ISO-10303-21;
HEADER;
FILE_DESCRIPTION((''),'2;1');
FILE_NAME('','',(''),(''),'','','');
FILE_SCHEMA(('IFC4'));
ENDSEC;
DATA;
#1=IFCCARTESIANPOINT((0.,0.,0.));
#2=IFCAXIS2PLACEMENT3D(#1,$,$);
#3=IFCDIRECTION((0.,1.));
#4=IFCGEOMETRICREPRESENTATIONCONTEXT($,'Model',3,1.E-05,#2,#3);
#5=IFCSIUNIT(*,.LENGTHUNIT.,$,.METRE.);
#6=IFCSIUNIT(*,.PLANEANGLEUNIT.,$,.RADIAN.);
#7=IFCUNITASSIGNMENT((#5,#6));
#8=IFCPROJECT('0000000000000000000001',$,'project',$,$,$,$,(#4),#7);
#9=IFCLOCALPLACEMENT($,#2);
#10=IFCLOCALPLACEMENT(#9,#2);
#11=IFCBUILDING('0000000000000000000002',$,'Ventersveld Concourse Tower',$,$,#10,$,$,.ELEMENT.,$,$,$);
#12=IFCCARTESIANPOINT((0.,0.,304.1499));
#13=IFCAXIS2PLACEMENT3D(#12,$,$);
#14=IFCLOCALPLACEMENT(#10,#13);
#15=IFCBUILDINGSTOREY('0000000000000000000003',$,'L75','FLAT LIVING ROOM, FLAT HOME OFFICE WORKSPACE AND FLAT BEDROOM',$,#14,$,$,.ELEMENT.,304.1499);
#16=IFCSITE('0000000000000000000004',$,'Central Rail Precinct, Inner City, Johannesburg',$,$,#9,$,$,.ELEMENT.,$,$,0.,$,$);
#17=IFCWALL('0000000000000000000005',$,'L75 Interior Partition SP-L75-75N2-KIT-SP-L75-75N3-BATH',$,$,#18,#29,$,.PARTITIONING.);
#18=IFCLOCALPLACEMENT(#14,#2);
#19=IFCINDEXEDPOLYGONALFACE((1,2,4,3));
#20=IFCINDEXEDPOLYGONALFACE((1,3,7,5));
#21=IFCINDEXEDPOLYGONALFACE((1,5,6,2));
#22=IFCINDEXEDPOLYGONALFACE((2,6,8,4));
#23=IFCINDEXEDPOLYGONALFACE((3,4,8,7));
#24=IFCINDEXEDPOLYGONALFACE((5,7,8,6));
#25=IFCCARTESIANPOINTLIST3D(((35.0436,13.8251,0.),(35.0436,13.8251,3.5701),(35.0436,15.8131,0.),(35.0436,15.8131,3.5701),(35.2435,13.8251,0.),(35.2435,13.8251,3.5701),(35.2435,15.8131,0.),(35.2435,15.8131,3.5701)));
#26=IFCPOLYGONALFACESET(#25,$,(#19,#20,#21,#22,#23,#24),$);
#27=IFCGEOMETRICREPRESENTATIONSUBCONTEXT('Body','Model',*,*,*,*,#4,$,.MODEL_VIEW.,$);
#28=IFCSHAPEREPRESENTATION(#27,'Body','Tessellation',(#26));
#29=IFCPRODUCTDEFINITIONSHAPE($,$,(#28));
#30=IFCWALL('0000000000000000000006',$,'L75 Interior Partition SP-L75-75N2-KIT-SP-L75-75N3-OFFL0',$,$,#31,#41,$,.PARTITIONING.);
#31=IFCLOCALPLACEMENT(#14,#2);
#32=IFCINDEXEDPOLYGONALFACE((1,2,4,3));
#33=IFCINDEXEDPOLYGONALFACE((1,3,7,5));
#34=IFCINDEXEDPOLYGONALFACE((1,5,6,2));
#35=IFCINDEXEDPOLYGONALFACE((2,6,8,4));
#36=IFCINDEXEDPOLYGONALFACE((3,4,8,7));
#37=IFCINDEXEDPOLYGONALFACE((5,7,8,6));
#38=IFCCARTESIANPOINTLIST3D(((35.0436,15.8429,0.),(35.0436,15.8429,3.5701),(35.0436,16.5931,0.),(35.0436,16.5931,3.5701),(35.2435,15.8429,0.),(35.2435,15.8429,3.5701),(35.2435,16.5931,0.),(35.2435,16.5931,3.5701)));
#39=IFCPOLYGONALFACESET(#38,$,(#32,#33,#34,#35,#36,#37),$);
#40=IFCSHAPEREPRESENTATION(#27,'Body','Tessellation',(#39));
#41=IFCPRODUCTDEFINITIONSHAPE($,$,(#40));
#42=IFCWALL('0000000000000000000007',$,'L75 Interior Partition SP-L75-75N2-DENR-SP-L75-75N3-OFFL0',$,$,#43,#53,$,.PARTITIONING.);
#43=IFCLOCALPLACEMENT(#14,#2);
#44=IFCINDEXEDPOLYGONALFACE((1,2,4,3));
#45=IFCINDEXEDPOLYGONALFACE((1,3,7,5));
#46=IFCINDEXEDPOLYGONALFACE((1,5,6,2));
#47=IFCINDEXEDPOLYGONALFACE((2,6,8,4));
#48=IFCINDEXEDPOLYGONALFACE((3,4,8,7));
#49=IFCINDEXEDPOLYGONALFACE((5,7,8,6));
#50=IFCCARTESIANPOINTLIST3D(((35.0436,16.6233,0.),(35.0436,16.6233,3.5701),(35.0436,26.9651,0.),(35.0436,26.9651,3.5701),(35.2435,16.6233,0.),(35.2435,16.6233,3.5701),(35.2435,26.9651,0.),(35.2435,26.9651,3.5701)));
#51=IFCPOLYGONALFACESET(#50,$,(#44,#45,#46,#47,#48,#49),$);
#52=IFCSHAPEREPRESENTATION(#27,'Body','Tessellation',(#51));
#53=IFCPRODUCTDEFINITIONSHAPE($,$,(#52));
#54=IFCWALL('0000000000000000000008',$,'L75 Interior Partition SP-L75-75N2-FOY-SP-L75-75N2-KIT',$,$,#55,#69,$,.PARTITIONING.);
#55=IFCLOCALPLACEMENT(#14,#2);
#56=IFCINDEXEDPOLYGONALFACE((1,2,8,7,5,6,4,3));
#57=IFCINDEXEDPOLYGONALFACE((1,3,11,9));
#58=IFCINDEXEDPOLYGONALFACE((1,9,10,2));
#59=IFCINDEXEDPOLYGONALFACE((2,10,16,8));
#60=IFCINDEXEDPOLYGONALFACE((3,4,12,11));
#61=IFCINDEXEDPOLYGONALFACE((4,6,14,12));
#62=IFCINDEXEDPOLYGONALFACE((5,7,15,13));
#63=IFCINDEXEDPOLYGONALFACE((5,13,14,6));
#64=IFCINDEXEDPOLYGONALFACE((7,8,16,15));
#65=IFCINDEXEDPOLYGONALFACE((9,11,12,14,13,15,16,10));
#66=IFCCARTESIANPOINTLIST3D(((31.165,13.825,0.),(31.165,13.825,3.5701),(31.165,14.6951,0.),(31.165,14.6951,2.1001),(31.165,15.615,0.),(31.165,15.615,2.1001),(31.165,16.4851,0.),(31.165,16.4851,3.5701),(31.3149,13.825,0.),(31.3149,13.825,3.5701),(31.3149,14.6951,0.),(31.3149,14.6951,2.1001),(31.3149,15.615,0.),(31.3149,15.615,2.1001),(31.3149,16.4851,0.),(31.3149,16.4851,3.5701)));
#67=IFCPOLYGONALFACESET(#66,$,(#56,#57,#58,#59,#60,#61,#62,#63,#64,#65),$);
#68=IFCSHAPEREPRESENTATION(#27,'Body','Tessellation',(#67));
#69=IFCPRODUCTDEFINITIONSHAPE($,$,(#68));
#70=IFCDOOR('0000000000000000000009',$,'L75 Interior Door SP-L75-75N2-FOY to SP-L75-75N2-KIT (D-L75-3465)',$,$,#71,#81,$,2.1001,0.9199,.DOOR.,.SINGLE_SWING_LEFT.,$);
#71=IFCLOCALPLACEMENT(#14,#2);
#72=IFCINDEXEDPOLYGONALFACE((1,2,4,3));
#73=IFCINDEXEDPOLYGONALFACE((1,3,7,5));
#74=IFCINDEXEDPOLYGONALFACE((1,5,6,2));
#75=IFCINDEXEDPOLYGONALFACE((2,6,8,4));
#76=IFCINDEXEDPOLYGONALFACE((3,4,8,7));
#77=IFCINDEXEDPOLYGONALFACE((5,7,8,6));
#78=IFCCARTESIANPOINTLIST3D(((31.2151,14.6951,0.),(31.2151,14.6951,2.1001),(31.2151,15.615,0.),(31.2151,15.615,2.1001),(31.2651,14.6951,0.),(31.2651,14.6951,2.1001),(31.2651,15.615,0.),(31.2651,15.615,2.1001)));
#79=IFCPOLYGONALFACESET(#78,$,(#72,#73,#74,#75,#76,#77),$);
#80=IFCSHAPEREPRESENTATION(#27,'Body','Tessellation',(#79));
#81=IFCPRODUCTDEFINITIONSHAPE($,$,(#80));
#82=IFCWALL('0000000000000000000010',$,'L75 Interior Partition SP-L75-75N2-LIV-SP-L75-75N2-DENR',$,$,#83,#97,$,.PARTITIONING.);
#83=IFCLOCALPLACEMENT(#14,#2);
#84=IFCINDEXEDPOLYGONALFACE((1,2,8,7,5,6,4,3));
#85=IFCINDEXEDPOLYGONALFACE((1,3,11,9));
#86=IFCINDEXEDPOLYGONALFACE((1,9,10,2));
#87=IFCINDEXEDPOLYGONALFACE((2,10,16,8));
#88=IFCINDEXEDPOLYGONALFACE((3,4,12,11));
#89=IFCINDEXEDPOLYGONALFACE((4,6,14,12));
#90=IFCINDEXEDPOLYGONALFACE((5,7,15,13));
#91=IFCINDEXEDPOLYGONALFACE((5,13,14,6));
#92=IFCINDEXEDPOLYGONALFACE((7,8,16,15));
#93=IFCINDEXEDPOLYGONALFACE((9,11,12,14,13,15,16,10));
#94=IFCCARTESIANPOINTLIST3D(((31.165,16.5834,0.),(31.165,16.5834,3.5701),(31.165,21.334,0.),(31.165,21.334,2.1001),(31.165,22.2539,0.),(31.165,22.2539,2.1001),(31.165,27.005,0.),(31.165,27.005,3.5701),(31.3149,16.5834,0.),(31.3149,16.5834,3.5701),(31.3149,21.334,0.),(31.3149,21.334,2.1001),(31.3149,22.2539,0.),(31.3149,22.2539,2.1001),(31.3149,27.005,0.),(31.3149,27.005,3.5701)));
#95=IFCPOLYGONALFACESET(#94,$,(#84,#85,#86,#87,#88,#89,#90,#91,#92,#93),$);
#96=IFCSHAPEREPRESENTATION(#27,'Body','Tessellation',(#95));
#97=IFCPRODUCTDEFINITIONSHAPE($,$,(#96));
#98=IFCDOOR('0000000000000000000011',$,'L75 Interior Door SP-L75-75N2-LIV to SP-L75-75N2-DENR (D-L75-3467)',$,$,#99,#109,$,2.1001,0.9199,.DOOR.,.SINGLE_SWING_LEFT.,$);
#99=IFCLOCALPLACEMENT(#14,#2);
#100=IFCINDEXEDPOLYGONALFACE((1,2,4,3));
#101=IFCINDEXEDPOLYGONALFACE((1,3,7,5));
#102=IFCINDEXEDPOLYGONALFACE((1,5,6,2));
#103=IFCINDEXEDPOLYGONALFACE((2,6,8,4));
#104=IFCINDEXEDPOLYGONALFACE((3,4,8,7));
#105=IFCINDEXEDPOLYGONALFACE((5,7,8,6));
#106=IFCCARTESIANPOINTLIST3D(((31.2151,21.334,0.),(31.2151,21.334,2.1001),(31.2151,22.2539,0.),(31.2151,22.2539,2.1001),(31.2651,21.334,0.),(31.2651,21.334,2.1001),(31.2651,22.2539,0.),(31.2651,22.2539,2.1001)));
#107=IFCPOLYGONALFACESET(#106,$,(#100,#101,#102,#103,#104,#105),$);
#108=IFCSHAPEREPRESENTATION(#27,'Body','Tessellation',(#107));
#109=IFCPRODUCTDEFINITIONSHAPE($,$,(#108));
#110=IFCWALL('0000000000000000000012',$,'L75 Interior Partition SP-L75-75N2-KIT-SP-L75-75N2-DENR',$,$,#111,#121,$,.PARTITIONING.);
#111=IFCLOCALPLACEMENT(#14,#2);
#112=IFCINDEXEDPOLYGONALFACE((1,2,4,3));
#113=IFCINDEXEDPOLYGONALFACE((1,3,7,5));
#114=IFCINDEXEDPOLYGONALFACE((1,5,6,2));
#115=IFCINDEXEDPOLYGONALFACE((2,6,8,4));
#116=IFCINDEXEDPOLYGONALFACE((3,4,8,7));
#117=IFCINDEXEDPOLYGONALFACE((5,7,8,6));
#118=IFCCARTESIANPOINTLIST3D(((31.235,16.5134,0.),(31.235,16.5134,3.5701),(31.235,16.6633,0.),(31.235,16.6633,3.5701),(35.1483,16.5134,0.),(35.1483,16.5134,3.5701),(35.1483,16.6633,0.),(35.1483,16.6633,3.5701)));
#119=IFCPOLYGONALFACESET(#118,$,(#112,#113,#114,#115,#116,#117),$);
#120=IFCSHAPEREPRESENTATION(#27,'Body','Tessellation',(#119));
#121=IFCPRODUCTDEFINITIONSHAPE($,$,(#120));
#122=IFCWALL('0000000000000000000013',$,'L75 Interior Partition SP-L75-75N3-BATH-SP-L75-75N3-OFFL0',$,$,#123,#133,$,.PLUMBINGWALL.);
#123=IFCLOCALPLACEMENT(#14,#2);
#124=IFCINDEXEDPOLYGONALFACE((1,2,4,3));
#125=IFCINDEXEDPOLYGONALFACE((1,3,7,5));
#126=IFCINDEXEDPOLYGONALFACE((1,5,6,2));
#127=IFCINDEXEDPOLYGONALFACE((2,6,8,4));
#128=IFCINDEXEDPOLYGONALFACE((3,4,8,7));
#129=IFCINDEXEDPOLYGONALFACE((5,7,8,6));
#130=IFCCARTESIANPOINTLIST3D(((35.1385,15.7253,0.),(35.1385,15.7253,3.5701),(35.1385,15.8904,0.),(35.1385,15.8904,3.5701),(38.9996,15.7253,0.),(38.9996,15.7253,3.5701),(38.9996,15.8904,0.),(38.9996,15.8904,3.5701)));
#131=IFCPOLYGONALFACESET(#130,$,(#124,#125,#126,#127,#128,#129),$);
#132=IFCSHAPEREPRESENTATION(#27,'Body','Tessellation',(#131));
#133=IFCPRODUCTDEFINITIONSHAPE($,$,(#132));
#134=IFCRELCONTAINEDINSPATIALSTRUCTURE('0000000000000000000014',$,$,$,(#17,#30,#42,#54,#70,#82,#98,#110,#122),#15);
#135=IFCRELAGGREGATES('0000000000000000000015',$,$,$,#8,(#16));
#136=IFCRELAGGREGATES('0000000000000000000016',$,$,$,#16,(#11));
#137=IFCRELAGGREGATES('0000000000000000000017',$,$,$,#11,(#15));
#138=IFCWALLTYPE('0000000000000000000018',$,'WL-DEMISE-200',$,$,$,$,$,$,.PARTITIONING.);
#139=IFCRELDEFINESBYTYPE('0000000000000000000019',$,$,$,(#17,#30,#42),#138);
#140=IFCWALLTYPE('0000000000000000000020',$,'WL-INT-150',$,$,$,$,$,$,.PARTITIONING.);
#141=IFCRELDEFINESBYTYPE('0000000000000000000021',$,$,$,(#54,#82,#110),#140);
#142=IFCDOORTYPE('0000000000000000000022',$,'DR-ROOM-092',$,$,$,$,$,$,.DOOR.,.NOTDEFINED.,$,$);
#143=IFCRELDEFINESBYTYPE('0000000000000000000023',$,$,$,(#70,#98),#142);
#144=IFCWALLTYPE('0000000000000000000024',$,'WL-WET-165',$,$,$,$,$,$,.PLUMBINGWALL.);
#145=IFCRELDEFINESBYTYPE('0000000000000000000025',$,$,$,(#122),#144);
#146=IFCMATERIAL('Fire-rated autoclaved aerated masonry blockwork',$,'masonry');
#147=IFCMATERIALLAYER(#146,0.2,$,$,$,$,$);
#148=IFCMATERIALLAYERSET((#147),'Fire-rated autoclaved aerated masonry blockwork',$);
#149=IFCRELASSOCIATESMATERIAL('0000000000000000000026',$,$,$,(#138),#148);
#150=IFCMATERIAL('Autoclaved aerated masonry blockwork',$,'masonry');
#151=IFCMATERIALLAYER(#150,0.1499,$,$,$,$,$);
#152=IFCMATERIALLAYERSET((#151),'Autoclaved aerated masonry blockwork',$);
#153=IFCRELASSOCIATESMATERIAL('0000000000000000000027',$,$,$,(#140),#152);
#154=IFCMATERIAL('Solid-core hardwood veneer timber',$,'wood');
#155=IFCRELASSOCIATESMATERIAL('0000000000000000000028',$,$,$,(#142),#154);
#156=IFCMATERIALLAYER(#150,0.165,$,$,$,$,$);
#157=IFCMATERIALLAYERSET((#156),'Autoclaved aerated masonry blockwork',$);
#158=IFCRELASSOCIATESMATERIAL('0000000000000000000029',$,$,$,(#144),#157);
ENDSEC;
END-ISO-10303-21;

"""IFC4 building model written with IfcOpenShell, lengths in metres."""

from ifc_helpers import new_model, si_unit, direction, frame, frame_2d, origin, place, context, subcontext, project, spatial, rectangle, extrude, material, layer, layer_set, type_object, element, fill, save


model = new_model("IFC4")

# Units and contexts
model_context = context("Model", 3, precision=1e-05, world=origin(), true_north=direction((0.0, 1.0)))
body_context = subcontext(model_context, "Body", "Model", "MODEL_VIEW")
ifc_project = project(units=[si_unit("LENGTHUNIT", "METRE"), si_unit("PLANEANGLEUNIT", "RADIAN")], contexts=[model_context])

# Site, building, storey
site_placement = place(None, origin())
site = spatial("IfcSite", under=ifc_project, at=site_placement, Name="Central Rail Precinct, Inner City, Johannesburg", CompositionType="ELEMENT", RefElevation=0.0)
building_placement = place(site_placement, origin())
building = spatial("IfcBuilding", under=site, at=building_placement, Name="Ventersveld Concourse Tower", CompositionType="ELEMENT")
storey_placement = place(building_placement, frame((0.0, 0.0, 304.1499)))
storey = spatial("IfcBuildingStorey", under=building, at=storey_placement, Name="L75", Description="FLAT LIVING ROOM, FLAT HOME OFFICE WORKSPACE AND FLAT BEDROOM", CompositionType="ELEMENT", Elevation=304.1499)

# Walls
ifc_material_1 = material(Name="Fire-rated autoclaved aerated masonry blockwork", Category="masonry")
ifc_layer_1 = layer(ifc_material_1, 0.2)
ifc_layer_set_1 = layer_set([ifc_layer_1], Name="Fire-rated autoclaved aerated masonry blockwork")
wall_type_1 = type_object("IfcWallType", Name="WL-DEMISE-200", PredefinedType="PARTITIONING", material=ifc_layer_set_1)
wall_1_placement = place(storey_placement, frame((35.1436, 13.825, 0.0), z_axis=(0.0, 0.0, 1.0), x_axis=(0.0, 1.0, 0.0)))
element("IfcWall", 1, at=wall_1_placement, inside=storey, type_object=wall_type_1, Name="L75 Interior Partition SP-L75-75N2-KIT-SP-L75-75N3-BATH", PredefinedType="PARTITIONING", context=body_context, shape_type="SweptSolid", body=[
    extrude(rectangle(XDim=1.988, YDim=0.2, at=frame_2d((0.9941, 0.0))), origin(), (0.0, 0.0, 1.0), 3.5701),
])
wall_2_placement = place(storey_placement, frame((35.1436, 15.843, 0.0), z_axis=(0.0, 0.0, 1.0), x_axis=(0.0, 1.0, 0.0)))
element("IfcWall", 2, at=wall_2_placement, inside=storey, type_object=wall_type_1, Name="L75 Interior Partition SP-L75-75N2-KIT-SP-L75-75N3-OFFL0", PredefinedType="PARTITIONING", context=body_context, shape_type="SweptSolid", body=[
    extrude(rectangle(XDim=0.7502, YDim=0.2, at=frame_2d((0.375, 0.0))), origin(), (0.0, 0.0, 1.0), 3.5701),
])
wall_3_placement = place(storey_placement, frame((35.1436, 16.6233, 0.0), z_axis=(0.0, 0.0, 1.0), x_axis=(0.0, 1.0, 0.0)))
element("IfcWall", 3, at=wall_3_placement, inside=storey, type_object=wall_type_1, Name="L75 Interior Partition SP-L75-75N2-DENR-SP-L75-75N3-OFFL0", PredefinedType="PARTITIONING", context=body_context, shape_type="SweptSolid", body=[
    extrude(rectangle(XDim=10.3418, YDim=0.2, at=frame_2d((5.1709, 0.0))), origin(), (0.0, 0.0, 1.0), 3.5701),
])

# Walls, openings, doors
ifc_material_2 = material(Name="Autoclaved aerated masonry blockwork", Category="masonry")
ifc_layer_2 = layer(ifc_material_2, 0.1499)
ifc_layer_set_2 = layer_set([ifc_layer_2], Name="Autoclaved aerated masonry blockwork")
wall_type_2 = type_object("IfcWallType", Name="WL-INT-150", PredefinedType="PARTITIONING", material=ifc_layer_set_2)
wall_4_placement = place(storey_placement, frame((31.24, 13.825, 0.0), z_axis=(0.0, 0.0, 1.0), x_axis=(0.0, 1.0, 0.0)))
wall_4 = element("IfcWall", 4, at=wall_4_placement, inside=storey, type_object=wall_type_2, Name="L75 Interior Partition SP-L75-75N2-FOY-SP-L75-75N2-KIT", PredefinedType="PARTITIONING", context=body_context, shape_type="SweptSolid", body=[
    extrude(rectangle(XDim=2.6602, YDim=0.1499, at=frame_2d((1.3301, 0.0))), origin(), (0.0, 0.0, 1.0), 3.5701),
])
opening_1_placement = place(wall_4_placement, frame((0.8701, 0.0, 0.0)))
opening_1 = element("IfcOpeningElement", 5, at=opening_1_placement, cuts=wall_4, PredefinedType="OPENING", context=body_context, shape_type="SweptSolid", body=[
    extrude(rectangle(XDim=0.9199, YDim=2.1001, at=frame_2d((0.46, 1.05))), frame((0.0, 0.085, 0.0), z_axis=(0.0, -1.0, 0.0), x_axis=(1.0, 0.0, 0.0)), (0.0, 0.0, 1.0), 0.1699),
])
ifc_material_3 = material(Name="Solid-core hardwood veneer timber", Category="wood")
door_type = type_object("IfcDoorType", Name="DR-ROOM-092", OperationType="NOTDEFINED", PredefinedType="DOOR", material=ifc_material_3)
door_1_placement = place(opening_1_placement, origin())
door_1 = element("IfcDoor", 6, at=door_1_placement, inside=storey, type_object=door_type, Name="L75 Interior Door SP-L75-75N2-FOY to SP-L75-75N2-KIT (D-L75-3465)", OperationType="SINGLE_SWING_LEFT", OverallHeight=2.1001, OverallWidth=0.9199, PredefinedType="DOOR", context=body_context, shape_type="SweptSolid", body=[
    extrude(rectangle(XDim=0.9199, YDim=2.1001, at=frame_2d((0.46, 1.05))), frame((0.0, 0.0249, 0.0), z_axis=(0.0, -1.0, 0.0), x_axis=(1.0, 0.0, 0.0)), (0.0, 0.0, 1.0), 0.05),
])
fill(opening_1, door_1)
wall_5_placement = place(storey_placement, frame((31.24, 16.5833, 0.0), z_axis=(0.0, 0.0, 1.0), x_axis=(0.0, 1.0, 0.0)))
wall_5 = element("IfcWall", 7, at=wall_5_placement, inside=storey, type_object=wall_type_2, Name="L75 Interior Partition SP-L75-75N2-LIV-SP-L75-75N2-DENR", PredefinedType="PARTITIONING", context=body_context, shape_type="SweptSolid", body=[
    extrude(rectangle(XDim=10.4216, YDim=0.1499, at=frame_2d((5.2109, 0.0))), origin(), (0.0, 0.0, 1.0), 3.5701),
])
opening_2_placement = place(wall_5_placement, frame((4.7507, 0.0, 0.0)))
opening_2 = element("IfcOpeningElement", 8, at=opening_2_placement, cuts=wall_5, PredefinedType="OPENING", context=body_context, shape_type="SweptSolid", body=[
    extrude(rectangle(XDim=0.9199, YDim=2.1001, at=frame_2d((0.46, 1.05))), frame((0.0, 0.085, 0.0), z_axis=(0.0, -1.0, 0.0), x_axis=(1.0, 0.0, 0.0)), (0.0, 0.0, 1.0), 0.1699),
])
door_2_placement = place(opening_2_placement, origin())
door_2 = element("IfcDoor", 9, at=door_2_placement, inside=storey, type_object=door_type, Name="L75 Interior Door SP-L75-75N2-LIV to SP-L75-75N2-DENR (D-L75-3467)", OperationType="SINGLE_SWING_LEFT", OverallHeight=2.1001, OverallWidth=0.9199, PredefinedType="DOOR", context=body_context, shape_type="SweptSolid", body=[
    extrude(rectangle(XDim=0.9199, YDim=2.1001, at=frame_2d((0.46, 1.05))), frame((0.0, 0.0249, 0.0), z_axis=(0.0, -1.0, 0.0), x_axis=(1.0, 0.0, 0.0)), (0.0, 0.0, 1.0), 0.05),
])
fill(opening_2, door_2)

# Walls
wall_6_placement = place(storey_placement, frame((31.2351, 16.5884, 0.0), z_axis=(0.0, 0.0, 1.0), x_axis=(1.0, 0.0, 0.0)))
element("IfcWall", 10, at=wall_6_placement, inside=storey, type_object=wall_type_2, Name="L75 Interior Partition SP-L75-75N2-KIT-SP-L75-75N2-DENR", PredefinedType="PARTITIONING", context=body_context, shape_type="SweptSolid", body=[
    extrude(rectangle(XDim=3.9133, YDim=0.1499, at=frame_2d((1.9565, 0.0))), origin(), (0.0, 0.0, 1.0), 3.5701),
])
ifc_layer_3 = layer(ifc_material_2, 0.165)
ifc_layer_set_3 = layer_set([ifc_layer_3], Name="Autoclaved aerated masonry blockwork")
wall_type_3 = type_object("IfcWallType", Name="WL-WET-165", PredefinedType="PLUMBINGWALL", material=ifc_layer_set_3)
wall_7_placement = place(storey_placement, frame((35.1384, 15.8079, 0.0), z_axis=(0.0, 0.0, 1.0), x_axis=(1.0, 0.0, 0.0)))
element("IfcWall", 11, at=wall_7_placement, inside=storey, type_object=wall_type_3, Name="L75 Interior Partition SP-L75-75N3-BATH-SP-L75-75N3-OFFL0", PredefinedType="PLUMBINGWALL", context=body_context, shape_type="SweptSolid", body=[
    extrude(rectangle(XDim=3.8611, YDim=0.165, at=frame_2d((1.9307, 0.0))), origin(), (0.0, 0.0, 1.0), 3.5701),
])

save(model, "model.ifc")
